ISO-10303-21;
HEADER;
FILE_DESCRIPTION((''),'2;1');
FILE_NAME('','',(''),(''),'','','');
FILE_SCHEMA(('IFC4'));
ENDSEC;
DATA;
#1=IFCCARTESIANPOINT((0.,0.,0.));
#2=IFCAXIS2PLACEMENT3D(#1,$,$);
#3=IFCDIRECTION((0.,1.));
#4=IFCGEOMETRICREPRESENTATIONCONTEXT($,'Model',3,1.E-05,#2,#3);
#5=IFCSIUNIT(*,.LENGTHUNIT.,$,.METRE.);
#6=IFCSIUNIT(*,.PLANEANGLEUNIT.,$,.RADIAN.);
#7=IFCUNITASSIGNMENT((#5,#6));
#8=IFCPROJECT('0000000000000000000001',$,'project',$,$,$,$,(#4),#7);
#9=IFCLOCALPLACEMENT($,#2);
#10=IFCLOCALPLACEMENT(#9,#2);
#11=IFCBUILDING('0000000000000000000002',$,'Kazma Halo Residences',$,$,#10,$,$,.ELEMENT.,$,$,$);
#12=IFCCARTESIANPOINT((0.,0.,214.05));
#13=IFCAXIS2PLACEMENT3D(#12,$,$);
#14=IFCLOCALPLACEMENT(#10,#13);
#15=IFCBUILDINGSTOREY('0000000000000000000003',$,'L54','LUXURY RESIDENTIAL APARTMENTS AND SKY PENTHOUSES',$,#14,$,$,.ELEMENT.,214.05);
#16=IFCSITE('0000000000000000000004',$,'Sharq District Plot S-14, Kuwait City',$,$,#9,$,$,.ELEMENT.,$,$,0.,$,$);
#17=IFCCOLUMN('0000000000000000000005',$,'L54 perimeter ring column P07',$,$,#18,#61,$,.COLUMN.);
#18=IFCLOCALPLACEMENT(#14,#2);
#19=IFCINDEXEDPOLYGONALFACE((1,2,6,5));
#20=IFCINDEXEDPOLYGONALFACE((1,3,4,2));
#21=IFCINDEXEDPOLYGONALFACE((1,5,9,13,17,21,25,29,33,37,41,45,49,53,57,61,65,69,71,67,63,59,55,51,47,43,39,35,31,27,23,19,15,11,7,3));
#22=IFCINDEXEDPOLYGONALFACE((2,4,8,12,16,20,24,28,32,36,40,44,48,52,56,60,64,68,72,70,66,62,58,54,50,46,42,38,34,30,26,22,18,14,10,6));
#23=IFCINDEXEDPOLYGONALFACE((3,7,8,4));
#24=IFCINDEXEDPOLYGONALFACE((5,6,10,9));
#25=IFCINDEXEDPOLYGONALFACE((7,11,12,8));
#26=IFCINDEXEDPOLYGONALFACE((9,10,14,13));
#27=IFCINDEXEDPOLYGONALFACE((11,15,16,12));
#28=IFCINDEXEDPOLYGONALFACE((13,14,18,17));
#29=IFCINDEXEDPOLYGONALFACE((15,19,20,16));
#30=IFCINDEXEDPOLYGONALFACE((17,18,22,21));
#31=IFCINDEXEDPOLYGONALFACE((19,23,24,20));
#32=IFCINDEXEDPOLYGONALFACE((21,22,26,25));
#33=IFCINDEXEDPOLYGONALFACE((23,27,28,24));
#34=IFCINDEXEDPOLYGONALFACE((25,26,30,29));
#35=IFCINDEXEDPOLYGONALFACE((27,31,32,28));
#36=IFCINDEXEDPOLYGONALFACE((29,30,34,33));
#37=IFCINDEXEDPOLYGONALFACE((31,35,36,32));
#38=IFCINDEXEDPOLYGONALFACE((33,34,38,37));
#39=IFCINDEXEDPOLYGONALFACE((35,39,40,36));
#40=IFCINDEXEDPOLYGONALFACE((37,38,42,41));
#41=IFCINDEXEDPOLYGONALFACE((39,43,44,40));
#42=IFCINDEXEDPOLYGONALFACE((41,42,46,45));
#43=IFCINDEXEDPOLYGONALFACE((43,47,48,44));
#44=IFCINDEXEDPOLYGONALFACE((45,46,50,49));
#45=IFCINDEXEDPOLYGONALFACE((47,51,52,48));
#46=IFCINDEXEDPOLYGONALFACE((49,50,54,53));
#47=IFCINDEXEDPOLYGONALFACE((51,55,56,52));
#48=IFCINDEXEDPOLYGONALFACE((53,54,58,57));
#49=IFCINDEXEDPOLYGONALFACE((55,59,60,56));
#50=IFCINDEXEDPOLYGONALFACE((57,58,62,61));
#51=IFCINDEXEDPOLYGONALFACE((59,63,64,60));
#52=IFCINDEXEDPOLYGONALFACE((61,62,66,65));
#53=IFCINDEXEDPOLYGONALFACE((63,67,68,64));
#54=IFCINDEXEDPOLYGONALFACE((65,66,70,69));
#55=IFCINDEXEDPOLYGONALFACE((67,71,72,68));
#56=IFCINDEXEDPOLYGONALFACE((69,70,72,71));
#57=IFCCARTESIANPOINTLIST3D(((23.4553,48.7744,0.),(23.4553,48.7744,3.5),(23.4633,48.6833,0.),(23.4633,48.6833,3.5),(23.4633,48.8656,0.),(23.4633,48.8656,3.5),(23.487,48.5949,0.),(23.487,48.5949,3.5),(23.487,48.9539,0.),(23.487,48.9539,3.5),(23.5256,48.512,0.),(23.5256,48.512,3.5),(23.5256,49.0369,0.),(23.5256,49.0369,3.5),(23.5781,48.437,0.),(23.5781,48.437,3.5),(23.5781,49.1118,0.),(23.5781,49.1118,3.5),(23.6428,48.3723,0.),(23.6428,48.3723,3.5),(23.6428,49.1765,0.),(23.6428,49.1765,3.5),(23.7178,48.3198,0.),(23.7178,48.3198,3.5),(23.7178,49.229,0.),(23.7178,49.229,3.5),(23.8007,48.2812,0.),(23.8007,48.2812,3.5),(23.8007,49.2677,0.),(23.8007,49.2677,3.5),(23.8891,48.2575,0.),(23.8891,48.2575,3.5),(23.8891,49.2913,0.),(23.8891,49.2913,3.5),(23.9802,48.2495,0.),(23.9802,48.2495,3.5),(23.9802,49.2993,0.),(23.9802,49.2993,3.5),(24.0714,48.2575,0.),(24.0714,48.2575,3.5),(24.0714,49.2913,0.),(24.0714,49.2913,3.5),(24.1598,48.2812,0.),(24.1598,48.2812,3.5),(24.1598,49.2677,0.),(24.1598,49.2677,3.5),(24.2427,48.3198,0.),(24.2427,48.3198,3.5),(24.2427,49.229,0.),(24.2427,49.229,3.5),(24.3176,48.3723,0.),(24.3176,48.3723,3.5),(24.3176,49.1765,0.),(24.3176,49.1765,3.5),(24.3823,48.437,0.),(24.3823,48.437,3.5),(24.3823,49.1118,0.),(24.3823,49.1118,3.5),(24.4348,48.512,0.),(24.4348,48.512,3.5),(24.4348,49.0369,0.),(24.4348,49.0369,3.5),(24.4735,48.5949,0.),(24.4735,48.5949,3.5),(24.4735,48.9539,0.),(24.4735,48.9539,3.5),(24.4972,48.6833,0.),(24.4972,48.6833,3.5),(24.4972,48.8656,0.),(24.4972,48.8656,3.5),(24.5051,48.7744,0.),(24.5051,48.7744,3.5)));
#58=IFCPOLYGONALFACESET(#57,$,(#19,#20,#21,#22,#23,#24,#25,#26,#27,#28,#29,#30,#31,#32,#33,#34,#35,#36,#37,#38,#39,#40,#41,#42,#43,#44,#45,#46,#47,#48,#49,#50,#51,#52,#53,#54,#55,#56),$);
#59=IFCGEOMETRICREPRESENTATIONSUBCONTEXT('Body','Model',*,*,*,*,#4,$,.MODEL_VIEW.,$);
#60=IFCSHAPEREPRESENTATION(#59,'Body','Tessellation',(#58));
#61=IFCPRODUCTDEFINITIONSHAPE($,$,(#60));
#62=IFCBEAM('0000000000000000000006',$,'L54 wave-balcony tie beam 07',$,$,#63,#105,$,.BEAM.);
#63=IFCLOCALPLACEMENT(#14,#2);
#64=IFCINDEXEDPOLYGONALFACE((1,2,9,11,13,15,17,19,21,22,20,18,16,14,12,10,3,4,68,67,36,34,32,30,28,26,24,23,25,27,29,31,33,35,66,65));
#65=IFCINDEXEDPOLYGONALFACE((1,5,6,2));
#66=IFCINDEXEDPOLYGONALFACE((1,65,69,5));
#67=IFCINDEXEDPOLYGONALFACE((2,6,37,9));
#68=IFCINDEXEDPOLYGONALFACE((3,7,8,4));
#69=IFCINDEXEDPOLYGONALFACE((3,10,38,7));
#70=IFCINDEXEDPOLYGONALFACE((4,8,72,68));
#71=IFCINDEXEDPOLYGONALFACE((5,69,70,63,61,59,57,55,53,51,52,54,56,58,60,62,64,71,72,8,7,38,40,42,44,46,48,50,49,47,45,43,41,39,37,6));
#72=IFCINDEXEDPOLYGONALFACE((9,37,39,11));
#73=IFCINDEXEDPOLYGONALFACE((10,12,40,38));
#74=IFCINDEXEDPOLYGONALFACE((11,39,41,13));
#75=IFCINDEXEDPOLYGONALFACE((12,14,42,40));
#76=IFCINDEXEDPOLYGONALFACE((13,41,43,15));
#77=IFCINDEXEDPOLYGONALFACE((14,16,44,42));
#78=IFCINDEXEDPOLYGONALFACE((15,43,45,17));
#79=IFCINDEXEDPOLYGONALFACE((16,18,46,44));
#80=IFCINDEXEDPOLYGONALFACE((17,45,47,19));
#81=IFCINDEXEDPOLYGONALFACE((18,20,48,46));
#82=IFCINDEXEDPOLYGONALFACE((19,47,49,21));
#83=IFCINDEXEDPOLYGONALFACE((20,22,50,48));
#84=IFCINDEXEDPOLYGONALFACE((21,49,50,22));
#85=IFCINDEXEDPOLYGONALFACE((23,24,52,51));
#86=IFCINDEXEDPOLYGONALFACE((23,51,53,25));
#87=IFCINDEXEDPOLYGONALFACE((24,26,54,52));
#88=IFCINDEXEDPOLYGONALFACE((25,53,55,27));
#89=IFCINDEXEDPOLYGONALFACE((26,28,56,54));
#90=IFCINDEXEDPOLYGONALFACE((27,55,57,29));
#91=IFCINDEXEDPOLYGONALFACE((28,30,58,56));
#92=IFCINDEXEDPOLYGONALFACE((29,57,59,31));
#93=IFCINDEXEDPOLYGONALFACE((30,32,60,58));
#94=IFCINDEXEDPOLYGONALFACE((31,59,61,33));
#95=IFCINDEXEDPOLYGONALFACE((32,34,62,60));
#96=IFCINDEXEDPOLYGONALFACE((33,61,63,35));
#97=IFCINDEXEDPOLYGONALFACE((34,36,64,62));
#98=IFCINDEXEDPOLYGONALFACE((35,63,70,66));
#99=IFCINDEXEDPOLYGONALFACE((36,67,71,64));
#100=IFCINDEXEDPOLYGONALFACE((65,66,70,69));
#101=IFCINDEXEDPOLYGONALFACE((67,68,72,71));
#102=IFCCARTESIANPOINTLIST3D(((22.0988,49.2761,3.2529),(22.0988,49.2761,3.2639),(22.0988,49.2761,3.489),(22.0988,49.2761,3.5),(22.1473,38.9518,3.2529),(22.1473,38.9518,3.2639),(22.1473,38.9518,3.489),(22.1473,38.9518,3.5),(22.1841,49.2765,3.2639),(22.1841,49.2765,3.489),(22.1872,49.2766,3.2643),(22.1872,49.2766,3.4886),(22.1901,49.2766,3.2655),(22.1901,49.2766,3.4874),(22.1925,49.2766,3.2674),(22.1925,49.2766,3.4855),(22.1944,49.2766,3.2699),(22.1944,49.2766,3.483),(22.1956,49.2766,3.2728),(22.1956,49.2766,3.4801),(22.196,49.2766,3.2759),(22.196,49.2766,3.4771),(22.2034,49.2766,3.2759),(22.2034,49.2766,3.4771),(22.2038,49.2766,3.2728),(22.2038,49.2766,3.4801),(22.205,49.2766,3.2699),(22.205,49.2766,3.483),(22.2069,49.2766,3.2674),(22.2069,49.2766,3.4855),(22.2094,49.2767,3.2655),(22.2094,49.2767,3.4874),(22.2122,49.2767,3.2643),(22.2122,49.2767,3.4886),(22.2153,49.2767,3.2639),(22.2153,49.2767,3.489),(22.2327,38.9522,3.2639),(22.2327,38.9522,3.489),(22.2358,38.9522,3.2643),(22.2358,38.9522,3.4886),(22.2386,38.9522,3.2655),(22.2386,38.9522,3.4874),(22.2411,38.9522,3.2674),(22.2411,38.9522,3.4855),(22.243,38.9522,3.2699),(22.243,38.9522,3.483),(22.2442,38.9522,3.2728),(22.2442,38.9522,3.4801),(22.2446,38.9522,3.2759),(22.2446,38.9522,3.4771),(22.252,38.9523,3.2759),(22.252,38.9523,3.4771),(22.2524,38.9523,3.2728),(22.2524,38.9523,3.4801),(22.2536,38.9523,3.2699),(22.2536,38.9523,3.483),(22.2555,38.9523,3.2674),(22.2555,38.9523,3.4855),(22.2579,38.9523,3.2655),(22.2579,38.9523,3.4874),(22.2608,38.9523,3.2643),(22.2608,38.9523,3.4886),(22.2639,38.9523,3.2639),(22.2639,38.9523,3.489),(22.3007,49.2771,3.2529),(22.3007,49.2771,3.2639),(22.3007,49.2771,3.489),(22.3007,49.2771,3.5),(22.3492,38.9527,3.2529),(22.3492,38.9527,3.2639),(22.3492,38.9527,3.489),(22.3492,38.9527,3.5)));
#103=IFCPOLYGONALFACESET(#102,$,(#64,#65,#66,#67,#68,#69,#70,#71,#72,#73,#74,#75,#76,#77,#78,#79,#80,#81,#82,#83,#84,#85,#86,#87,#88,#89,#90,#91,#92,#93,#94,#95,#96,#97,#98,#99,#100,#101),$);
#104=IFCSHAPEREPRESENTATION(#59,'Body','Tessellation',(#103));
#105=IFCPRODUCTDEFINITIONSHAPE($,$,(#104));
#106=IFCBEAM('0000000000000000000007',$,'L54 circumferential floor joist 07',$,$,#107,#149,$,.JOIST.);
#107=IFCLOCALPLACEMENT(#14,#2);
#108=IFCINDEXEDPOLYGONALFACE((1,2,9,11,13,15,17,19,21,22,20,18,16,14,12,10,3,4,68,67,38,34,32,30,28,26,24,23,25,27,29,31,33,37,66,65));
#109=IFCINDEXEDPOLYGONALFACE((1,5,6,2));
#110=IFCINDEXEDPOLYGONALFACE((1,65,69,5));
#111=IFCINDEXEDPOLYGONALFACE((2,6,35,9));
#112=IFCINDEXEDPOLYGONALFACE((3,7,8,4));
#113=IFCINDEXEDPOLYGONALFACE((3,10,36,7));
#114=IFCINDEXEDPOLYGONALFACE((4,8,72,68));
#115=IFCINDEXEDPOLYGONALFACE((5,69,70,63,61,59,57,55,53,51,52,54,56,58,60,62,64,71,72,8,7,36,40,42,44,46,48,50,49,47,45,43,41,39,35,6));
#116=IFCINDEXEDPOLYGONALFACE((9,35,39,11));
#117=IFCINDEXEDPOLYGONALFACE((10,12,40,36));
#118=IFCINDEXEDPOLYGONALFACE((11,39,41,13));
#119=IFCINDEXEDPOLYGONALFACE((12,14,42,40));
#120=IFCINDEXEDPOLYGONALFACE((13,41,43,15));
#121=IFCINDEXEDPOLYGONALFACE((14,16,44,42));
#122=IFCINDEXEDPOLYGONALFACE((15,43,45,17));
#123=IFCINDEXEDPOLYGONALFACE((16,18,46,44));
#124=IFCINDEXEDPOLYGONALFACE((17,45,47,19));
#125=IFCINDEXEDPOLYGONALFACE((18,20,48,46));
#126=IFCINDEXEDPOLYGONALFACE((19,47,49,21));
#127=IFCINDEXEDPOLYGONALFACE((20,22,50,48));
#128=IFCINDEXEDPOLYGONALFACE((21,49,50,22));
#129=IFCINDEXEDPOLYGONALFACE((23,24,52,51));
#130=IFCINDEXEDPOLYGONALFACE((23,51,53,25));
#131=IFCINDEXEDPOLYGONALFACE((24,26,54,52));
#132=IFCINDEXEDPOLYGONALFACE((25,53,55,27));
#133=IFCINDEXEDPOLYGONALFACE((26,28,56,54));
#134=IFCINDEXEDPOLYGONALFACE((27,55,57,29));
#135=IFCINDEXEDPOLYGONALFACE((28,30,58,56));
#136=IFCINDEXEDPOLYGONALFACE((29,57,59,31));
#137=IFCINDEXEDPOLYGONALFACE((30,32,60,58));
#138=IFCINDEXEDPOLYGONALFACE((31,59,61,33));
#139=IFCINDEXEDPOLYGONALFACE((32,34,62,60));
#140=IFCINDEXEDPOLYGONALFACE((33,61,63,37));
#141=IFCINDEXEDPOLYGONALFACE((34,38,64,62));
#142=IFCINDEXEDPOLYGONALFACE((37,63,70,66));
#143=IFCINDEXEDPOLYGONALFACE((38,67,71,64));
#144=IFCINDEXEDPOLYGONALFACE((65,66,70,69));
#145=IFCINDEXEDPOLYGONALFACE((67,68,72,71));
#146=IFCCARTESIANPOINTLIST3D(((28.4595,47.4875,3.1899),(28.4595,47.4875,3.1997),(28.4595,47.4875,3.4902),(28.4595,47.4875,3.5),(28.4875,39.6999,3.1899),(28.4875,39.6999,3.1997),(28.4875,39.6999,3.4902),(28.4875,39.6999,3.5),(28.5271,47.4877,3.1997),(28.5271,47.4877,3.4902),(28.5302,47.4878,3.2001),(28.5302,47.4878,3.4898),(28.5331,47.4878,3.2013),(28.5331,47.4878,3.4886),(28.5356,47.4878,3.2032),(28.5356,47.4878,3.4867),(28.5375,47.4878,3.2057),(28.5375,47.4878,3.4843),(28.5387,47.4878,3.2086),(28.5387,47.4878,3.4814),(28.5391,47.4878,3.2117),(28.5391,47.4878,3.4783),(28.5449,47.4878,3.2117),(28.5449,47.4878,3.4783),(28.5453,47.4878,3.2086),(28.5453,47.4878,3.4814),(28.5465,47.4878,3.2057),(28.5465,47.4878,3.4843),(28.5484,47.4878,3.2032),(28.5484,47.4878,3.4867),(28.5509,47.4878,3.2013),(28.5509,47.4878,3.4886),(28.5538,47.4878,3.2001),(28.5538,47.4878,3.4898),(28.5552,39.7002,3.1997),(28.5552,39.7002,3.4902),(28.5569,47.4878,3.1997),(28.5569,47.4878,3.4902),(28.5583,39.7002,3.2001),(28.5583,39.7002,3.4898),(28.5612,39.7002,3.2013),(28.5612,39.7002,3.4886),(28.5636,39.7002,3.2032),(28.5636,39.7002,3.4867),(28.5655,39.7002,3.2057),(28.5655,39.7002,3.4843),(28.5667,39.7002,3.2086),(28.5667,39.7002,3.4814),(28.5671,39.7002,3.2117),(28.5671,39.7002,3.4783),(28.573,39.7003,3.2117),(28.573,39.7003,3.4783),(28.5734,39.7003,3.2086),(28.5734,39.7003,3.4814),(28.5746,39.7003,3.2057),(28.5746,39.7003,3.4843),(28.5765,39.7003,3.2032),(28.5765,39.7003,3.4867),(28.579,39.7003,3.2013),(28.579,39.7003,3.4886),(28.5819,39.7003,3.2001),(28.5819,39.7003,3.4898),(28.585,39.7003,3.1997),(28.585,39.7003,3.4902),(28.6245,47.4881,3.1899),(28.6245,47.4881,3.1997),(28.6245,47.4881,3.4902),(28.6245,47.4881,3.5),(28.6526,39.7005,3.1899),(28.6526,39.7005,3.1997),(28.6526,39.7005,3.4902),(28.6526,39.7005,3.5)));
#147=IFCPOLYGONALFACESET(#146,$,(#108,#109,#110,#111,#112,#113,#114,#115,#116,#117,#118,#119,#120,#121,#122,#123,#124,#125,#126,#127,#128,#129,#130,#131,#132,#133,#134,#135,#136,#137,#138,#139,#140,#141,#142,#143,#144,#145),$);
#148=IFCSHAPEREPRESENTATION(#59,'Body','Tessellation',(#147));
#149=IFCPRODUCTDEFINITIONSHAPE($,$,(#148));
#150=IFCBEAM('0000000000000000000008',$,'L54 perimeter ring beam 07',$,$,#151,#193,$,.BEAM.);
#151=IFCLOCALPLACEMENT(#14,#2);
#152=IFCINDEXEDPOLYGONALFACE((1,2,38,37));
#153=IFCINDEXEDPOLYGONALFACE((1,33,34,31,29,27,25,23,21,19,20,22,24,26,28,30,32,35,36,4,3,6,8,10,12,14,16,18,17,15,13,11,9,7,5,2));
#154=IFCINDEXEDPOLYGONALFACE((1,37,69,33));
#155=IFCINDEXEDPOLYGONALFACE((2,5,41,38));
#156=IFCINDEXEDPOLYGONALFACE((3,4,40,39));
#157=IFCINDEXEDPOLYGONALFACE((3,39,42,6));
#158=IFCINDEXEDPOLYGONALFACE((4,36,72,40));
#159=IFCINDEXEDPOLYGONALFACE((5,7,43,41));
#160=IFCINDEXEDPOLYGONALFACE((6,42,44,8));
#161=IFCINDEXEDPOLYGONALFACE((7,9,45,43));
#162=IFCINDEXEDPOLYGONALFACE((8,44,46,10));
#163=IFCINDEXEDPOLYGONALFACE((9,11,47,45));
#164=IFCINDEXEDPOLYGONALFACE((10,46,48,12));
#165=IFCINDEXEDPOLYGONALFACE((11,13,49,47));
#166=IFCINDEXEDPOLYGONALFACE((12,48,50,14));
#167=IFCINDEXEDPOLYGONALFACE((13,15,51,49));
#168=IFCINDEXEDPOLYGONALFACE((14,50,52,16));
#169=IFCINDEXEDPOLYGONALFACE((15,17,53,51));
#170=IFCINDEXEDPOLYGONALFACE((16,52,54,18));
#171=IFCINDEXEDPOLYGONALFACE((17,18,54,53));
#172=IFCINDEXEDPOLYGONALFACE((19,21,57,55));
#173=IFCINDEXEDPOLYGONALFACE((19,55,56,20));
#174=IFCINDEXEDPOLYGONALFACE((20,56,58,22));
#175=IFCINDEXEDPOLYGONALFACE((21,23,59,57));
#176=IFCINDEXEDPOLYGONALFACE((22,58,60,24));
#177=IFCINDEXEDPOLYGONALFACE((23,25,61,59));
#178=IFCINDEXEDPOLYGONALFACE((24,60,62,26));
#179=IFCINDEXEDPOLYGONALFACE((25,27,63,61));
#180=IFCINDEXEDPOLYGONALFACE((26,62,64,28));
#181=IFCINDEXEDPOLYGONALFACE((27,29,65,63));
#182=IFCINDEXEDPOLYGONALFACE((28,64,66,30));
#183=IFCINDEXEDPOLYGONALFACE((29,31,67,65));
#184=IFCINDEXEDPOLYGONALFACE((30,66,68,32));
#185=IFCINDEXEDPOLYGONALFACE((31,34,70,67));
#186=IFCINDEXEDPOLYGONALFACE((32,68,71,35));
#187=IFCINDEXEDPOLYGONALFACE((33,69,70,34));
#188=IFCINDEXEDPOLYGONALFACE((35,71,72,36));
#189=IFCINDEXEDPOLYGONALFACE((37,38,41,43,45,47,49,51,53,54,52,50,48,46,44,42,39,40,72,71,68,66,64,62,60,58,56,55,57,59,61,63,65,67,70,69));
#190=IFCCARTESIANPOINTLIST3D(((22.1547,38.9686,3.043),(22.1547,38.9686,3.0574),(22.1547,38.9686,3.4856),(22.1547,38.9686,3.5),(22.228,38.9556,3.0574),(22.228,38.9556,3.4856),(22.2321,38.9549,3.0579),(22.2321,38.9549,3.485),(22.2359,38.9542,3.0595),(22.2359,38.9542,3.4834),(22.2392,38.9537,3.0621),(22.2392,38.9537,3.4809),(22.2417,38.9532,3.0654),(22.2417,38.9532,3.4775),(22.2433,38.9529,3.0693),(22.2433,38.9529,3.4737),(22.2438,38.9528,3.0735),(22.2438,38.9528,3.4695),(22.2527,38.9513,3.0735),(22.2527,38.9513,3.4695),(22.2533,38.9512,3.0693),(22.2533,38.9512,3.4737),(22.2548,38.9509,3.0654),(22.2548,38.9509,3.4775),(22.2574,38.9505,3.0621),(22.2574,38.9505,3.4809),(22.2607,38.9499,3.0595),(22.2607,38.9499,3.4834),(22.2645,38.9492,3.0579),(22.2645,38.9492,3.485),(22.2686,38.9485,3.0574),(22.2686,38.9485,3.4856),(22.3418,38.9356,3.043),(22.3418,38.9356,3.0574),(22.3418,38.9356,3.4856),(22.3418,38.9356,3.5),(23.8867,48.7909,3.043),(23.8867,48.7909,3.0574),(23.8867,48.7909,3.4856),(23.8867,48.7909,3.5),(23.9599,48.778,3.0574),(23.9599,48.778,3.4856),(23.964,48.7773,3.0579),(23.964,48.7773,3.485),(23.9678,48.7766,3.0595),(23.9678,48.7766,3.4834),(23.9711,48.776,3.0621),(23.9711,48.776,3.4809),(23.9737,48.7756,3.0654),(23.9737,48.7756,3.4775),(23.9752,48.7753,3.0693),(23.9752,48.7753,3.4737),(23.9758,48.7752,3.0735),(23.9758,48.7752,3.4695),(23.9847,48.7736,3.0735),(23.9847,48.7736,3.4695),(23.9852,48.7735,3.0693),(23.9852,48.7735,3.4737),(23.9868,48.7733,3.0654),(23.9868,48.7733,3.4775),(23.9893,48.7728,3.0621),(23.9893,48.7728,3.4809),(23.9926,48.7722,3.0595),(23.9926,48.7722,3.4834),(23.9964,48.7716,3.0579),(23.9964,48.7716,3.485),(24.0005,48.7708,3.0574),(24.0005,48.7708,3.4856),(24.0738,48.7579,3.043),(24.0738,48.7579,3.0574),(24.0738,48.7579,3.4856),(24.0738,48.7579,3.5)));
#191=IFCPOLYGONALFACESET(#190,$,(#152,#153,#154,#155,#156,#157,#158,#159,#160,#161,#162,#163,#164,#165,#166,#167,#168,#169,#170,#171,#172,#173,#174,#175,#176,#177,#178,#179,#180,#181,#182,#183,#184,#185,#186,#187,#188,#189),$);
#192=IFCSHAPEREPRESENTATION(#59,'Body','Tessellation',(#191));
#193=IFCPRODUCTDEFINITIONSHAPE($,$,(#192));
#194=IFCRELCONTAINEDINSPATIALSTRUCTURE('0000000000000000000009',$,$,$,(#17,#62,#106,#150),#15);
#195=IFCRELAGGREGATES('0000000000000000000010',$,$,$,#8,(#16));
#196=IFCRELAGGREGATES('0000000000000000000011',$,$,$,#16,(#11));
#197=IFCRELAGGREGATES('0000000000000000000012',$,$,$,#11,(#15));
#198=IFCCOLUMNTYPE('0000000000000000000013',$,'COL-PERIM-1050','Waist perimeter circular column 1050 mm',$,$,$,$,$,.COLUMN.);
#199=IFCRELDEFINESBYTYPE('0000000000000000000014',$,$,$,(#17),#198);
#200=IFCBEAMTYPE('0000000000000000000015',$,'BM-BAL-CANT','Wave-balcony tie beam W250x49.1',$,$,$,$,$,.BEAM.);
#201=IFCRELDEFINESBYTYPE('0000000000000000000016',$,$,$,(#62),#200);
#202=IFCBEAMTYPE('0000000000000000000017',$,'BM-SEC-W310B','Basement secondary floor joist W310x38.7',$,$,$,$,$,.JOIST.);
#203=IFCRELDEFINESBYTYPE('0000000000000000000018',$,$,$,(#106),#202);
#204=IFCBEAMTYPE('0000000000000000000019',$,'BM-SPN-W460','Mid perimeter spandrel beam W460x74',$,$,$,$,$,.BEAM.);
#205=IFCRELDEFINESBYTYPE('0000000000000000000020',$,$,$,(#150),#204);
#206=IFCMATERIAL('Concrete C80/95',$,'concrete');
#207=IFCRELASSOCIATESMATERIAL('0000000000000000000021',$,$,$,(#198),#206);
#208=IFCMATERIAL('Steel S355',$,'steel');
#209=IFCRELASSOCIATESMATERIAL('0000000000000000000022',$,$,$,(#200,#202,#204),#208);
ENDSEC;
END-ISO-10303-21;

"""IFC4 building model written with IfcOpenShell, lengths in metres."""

from ifc_helpers import new_model, si_unit, direction, frame, origin, origin_2d, place, context, subcontext, project, spatial, circle, i_section, extrude, material, material_profile, profile_set, type_object, element, save


model = new_model("IFC4")

# Units and contexts
model_context = context("Model", 3, precision=1e-05, world=origin(), true_north=direction((0.0, 1.0)))
body_context = subcontext(model_context, "Body", "Model", "MODEL_VIEW")
ifc_project = project(units=[si_unit("LENGTHUNIT", "METRE"), si_unit("PLANEANGLEUNIT", "RADIAN")], contexts=[model_context])

# Site, building, storey
site_placement = place(None, origin())
site = spatial("IfcSite", under=ifc_project, at=site_placement, Name="Sharq District Plot S-14, Kuwait City", CompositionType="ELEMENT", RefElevation=0.0)
building_placement = place(site_placement, origin())
building = spatial("IfcBuilding", under=site, at=building_placement, Name="Kazma Halo Residences", CompositionType="ELEMENT")
storey_placement = place(building_placement, frame((0.0, 0.0, 214.05)))
storey = spatial("IfcBuildingStorey", under=building, at=storey_placement, Name="L54", Description="LUXURY RESIDENTIAL APARTMENTS AND SKY PENTHOUSES", CompositionType="ELEMENT", Elevation=214.05)

# Column
ifc_material_1 = material(Name="Concrete C80/95", Category="concrete")
ifc_material_profile_1 = material_profile(ifc_material_1, circle(Radius=0.5249, at=origin_2d()), Name="CIRC1050")
ifc_profile_set_1 = profile_set([ifc_material_profile_1], Name="Concrete C80/95")
column_type = type_object("IfcColumnType", Name="COL-PERIM-1050", Description="Waist perimeter circular column 1050 mm", PredefinedType="COLUMN", material=ifc_profile_set_1)
column_placement = place(storey_placement, frame((23.9802, 48.7744, 0.0), z_axis=(0.0, 0.0, 1.0), x_axis=(1.0, 0.0, 0.0)))
element("IfcColumn", 1, at=column_placement, inside=storey, type_object=column_type, Name="L54 perimeter ring column P07", PredefinedType="COLUMN", context=body_context, shape_type="SweptSolid", body=[
    extrude(circle(Radius=0.5249, at=origin_2d()), origin(), (0.0, 0.0, 1.0), 3.5),
])

# Beams
ifc_material_2 = material(Name="Steel S355", Category="steel")
ifc_material_profile_2 = material_profile(ifc_material_2, i_section(OverallWidth=0.2019, OverallDepth=0.2471, WebThickness=0.0073, FlangeThickness=0.011, FilletRadius=0.012, at=origin_2d()), Name="W250x49.1")
ifc_profile_set_2 = profile_set([ifc_material_profile_2], Name="Steel S355")
beam_type_1 = type_object("IfcBeamType", Name="BM-BAL-CANT", Description="Wave-balcony tie beam W250x49.1", PredefinedType="BEAM", material=ifc_profile_set_2)
beam_1_placement = place(storey_placement, frame((22.1997, 49.2766, 3.3765), z_axis=(0.004706, -0.999989, 0.0), x_axis=(0.999989, 0.004706, 0.0)))
element("IfcBeam", 2, at=beam_1_placement, inside=storey, type_object=beam_type_1, Name="L54 wave-balcony tie beam 07", PredefinedType="BEAM", context=body_context, shape_type="SweptSolid", body=[
    extrude(i_section(OverallWidth=0.2019, OverallDepth=0.2471, WebThickness=0.0073, FlangeThickness=0.011, FilletRadius=0.012, at=origin_2d()), origin(), (0.0, 0.0, 1.0), 10.3245),
])
ifc_material_profile_3 = material_profile(ifc_material_2, i_section(OverallWidth=0.165, OverallDepth=0.3101, WebThickness=0.0059, FlangeThickness=0.0098, FilletRadius=0.012, at=origin_2d()), Name="W310x38.7")
ifc_profile_set_3 = profile_set([ifc_material_profile_3], Name="Steel S355")
beam_type_2 = type_object("IfcBeamType", Name="BM-SEC-W310B", Description="Basement secondary floor joist W310x38.7", PredefinedType="JOIST", material=ifc_profile_set_3)
beam_2_placement = place(storey_placement, frame((28.542, 47.4878, 3.345), z_axis=(0.003605, -0.999994, 0.0), x_axis=(0.999994, 0.003605, 0.0)))
element("IfcBeam", 3, at=beam_2_placement, inside=storey, type_object=beam_type_2, Name="L54 circumferential floor joist 07", PredefinedType="JOIST", context=body_context, shape_type="SweptSolid", body=[
    extrude(i_section(OverallWidth=0.165, OverallDepth=0.3101, WebThickness=0.0059, FlangeThickness=0.0098, FilletRadius=0.012, at=origin_2d()), origin(), (0.0, 0.0, 1.0), 7.7876),
])
ifc_material_profile_4 = material_profile(ifc_material_2, i_section(OverallWidth=0.1899, OverallDepth=0.457, WebThickness=0.009, FlangeThickness=0.0144, FilletRadius=0.0161, at=origin_2d()), Name="W460x74")
ifc_profile_set_4 = profile_set([ifc_material_profile_4], Name="Steel S355")
beam_type_3 = type_object("IfcBeamType", Name="BM-SPN-W460", Description="Mid perimeter spandrel beam W460x74", PredefinedType="BEAM", material=ifc_profile_set_4)
beam_3_placement = place(storey_placement, frame((23.9802, 48.7744, 3.2715), z_axis=(-0.173648, -0.984808, 0.0), x_axis=(0.984808, -0.173648, 0.0)))
element("IfcBeam", 4, at=beam_3_placement, inside=storey, type_object=beam_type_3, Name="L54 perimeter ring beam 07", PredefinedType="BEAM", context=body_context, shape_type="SweptSolid", body=[
    extrude(i_section(OverallWidth=0.1899, OverallDepth=0.457, WebThickness=0.009, FlangeThickness=0.0144, FilletRadius=0.0161, at=origin_2d()), origin(), (0.0, 0.0, 1.0), 9.9739),
])

save(model, "model.ifc")
